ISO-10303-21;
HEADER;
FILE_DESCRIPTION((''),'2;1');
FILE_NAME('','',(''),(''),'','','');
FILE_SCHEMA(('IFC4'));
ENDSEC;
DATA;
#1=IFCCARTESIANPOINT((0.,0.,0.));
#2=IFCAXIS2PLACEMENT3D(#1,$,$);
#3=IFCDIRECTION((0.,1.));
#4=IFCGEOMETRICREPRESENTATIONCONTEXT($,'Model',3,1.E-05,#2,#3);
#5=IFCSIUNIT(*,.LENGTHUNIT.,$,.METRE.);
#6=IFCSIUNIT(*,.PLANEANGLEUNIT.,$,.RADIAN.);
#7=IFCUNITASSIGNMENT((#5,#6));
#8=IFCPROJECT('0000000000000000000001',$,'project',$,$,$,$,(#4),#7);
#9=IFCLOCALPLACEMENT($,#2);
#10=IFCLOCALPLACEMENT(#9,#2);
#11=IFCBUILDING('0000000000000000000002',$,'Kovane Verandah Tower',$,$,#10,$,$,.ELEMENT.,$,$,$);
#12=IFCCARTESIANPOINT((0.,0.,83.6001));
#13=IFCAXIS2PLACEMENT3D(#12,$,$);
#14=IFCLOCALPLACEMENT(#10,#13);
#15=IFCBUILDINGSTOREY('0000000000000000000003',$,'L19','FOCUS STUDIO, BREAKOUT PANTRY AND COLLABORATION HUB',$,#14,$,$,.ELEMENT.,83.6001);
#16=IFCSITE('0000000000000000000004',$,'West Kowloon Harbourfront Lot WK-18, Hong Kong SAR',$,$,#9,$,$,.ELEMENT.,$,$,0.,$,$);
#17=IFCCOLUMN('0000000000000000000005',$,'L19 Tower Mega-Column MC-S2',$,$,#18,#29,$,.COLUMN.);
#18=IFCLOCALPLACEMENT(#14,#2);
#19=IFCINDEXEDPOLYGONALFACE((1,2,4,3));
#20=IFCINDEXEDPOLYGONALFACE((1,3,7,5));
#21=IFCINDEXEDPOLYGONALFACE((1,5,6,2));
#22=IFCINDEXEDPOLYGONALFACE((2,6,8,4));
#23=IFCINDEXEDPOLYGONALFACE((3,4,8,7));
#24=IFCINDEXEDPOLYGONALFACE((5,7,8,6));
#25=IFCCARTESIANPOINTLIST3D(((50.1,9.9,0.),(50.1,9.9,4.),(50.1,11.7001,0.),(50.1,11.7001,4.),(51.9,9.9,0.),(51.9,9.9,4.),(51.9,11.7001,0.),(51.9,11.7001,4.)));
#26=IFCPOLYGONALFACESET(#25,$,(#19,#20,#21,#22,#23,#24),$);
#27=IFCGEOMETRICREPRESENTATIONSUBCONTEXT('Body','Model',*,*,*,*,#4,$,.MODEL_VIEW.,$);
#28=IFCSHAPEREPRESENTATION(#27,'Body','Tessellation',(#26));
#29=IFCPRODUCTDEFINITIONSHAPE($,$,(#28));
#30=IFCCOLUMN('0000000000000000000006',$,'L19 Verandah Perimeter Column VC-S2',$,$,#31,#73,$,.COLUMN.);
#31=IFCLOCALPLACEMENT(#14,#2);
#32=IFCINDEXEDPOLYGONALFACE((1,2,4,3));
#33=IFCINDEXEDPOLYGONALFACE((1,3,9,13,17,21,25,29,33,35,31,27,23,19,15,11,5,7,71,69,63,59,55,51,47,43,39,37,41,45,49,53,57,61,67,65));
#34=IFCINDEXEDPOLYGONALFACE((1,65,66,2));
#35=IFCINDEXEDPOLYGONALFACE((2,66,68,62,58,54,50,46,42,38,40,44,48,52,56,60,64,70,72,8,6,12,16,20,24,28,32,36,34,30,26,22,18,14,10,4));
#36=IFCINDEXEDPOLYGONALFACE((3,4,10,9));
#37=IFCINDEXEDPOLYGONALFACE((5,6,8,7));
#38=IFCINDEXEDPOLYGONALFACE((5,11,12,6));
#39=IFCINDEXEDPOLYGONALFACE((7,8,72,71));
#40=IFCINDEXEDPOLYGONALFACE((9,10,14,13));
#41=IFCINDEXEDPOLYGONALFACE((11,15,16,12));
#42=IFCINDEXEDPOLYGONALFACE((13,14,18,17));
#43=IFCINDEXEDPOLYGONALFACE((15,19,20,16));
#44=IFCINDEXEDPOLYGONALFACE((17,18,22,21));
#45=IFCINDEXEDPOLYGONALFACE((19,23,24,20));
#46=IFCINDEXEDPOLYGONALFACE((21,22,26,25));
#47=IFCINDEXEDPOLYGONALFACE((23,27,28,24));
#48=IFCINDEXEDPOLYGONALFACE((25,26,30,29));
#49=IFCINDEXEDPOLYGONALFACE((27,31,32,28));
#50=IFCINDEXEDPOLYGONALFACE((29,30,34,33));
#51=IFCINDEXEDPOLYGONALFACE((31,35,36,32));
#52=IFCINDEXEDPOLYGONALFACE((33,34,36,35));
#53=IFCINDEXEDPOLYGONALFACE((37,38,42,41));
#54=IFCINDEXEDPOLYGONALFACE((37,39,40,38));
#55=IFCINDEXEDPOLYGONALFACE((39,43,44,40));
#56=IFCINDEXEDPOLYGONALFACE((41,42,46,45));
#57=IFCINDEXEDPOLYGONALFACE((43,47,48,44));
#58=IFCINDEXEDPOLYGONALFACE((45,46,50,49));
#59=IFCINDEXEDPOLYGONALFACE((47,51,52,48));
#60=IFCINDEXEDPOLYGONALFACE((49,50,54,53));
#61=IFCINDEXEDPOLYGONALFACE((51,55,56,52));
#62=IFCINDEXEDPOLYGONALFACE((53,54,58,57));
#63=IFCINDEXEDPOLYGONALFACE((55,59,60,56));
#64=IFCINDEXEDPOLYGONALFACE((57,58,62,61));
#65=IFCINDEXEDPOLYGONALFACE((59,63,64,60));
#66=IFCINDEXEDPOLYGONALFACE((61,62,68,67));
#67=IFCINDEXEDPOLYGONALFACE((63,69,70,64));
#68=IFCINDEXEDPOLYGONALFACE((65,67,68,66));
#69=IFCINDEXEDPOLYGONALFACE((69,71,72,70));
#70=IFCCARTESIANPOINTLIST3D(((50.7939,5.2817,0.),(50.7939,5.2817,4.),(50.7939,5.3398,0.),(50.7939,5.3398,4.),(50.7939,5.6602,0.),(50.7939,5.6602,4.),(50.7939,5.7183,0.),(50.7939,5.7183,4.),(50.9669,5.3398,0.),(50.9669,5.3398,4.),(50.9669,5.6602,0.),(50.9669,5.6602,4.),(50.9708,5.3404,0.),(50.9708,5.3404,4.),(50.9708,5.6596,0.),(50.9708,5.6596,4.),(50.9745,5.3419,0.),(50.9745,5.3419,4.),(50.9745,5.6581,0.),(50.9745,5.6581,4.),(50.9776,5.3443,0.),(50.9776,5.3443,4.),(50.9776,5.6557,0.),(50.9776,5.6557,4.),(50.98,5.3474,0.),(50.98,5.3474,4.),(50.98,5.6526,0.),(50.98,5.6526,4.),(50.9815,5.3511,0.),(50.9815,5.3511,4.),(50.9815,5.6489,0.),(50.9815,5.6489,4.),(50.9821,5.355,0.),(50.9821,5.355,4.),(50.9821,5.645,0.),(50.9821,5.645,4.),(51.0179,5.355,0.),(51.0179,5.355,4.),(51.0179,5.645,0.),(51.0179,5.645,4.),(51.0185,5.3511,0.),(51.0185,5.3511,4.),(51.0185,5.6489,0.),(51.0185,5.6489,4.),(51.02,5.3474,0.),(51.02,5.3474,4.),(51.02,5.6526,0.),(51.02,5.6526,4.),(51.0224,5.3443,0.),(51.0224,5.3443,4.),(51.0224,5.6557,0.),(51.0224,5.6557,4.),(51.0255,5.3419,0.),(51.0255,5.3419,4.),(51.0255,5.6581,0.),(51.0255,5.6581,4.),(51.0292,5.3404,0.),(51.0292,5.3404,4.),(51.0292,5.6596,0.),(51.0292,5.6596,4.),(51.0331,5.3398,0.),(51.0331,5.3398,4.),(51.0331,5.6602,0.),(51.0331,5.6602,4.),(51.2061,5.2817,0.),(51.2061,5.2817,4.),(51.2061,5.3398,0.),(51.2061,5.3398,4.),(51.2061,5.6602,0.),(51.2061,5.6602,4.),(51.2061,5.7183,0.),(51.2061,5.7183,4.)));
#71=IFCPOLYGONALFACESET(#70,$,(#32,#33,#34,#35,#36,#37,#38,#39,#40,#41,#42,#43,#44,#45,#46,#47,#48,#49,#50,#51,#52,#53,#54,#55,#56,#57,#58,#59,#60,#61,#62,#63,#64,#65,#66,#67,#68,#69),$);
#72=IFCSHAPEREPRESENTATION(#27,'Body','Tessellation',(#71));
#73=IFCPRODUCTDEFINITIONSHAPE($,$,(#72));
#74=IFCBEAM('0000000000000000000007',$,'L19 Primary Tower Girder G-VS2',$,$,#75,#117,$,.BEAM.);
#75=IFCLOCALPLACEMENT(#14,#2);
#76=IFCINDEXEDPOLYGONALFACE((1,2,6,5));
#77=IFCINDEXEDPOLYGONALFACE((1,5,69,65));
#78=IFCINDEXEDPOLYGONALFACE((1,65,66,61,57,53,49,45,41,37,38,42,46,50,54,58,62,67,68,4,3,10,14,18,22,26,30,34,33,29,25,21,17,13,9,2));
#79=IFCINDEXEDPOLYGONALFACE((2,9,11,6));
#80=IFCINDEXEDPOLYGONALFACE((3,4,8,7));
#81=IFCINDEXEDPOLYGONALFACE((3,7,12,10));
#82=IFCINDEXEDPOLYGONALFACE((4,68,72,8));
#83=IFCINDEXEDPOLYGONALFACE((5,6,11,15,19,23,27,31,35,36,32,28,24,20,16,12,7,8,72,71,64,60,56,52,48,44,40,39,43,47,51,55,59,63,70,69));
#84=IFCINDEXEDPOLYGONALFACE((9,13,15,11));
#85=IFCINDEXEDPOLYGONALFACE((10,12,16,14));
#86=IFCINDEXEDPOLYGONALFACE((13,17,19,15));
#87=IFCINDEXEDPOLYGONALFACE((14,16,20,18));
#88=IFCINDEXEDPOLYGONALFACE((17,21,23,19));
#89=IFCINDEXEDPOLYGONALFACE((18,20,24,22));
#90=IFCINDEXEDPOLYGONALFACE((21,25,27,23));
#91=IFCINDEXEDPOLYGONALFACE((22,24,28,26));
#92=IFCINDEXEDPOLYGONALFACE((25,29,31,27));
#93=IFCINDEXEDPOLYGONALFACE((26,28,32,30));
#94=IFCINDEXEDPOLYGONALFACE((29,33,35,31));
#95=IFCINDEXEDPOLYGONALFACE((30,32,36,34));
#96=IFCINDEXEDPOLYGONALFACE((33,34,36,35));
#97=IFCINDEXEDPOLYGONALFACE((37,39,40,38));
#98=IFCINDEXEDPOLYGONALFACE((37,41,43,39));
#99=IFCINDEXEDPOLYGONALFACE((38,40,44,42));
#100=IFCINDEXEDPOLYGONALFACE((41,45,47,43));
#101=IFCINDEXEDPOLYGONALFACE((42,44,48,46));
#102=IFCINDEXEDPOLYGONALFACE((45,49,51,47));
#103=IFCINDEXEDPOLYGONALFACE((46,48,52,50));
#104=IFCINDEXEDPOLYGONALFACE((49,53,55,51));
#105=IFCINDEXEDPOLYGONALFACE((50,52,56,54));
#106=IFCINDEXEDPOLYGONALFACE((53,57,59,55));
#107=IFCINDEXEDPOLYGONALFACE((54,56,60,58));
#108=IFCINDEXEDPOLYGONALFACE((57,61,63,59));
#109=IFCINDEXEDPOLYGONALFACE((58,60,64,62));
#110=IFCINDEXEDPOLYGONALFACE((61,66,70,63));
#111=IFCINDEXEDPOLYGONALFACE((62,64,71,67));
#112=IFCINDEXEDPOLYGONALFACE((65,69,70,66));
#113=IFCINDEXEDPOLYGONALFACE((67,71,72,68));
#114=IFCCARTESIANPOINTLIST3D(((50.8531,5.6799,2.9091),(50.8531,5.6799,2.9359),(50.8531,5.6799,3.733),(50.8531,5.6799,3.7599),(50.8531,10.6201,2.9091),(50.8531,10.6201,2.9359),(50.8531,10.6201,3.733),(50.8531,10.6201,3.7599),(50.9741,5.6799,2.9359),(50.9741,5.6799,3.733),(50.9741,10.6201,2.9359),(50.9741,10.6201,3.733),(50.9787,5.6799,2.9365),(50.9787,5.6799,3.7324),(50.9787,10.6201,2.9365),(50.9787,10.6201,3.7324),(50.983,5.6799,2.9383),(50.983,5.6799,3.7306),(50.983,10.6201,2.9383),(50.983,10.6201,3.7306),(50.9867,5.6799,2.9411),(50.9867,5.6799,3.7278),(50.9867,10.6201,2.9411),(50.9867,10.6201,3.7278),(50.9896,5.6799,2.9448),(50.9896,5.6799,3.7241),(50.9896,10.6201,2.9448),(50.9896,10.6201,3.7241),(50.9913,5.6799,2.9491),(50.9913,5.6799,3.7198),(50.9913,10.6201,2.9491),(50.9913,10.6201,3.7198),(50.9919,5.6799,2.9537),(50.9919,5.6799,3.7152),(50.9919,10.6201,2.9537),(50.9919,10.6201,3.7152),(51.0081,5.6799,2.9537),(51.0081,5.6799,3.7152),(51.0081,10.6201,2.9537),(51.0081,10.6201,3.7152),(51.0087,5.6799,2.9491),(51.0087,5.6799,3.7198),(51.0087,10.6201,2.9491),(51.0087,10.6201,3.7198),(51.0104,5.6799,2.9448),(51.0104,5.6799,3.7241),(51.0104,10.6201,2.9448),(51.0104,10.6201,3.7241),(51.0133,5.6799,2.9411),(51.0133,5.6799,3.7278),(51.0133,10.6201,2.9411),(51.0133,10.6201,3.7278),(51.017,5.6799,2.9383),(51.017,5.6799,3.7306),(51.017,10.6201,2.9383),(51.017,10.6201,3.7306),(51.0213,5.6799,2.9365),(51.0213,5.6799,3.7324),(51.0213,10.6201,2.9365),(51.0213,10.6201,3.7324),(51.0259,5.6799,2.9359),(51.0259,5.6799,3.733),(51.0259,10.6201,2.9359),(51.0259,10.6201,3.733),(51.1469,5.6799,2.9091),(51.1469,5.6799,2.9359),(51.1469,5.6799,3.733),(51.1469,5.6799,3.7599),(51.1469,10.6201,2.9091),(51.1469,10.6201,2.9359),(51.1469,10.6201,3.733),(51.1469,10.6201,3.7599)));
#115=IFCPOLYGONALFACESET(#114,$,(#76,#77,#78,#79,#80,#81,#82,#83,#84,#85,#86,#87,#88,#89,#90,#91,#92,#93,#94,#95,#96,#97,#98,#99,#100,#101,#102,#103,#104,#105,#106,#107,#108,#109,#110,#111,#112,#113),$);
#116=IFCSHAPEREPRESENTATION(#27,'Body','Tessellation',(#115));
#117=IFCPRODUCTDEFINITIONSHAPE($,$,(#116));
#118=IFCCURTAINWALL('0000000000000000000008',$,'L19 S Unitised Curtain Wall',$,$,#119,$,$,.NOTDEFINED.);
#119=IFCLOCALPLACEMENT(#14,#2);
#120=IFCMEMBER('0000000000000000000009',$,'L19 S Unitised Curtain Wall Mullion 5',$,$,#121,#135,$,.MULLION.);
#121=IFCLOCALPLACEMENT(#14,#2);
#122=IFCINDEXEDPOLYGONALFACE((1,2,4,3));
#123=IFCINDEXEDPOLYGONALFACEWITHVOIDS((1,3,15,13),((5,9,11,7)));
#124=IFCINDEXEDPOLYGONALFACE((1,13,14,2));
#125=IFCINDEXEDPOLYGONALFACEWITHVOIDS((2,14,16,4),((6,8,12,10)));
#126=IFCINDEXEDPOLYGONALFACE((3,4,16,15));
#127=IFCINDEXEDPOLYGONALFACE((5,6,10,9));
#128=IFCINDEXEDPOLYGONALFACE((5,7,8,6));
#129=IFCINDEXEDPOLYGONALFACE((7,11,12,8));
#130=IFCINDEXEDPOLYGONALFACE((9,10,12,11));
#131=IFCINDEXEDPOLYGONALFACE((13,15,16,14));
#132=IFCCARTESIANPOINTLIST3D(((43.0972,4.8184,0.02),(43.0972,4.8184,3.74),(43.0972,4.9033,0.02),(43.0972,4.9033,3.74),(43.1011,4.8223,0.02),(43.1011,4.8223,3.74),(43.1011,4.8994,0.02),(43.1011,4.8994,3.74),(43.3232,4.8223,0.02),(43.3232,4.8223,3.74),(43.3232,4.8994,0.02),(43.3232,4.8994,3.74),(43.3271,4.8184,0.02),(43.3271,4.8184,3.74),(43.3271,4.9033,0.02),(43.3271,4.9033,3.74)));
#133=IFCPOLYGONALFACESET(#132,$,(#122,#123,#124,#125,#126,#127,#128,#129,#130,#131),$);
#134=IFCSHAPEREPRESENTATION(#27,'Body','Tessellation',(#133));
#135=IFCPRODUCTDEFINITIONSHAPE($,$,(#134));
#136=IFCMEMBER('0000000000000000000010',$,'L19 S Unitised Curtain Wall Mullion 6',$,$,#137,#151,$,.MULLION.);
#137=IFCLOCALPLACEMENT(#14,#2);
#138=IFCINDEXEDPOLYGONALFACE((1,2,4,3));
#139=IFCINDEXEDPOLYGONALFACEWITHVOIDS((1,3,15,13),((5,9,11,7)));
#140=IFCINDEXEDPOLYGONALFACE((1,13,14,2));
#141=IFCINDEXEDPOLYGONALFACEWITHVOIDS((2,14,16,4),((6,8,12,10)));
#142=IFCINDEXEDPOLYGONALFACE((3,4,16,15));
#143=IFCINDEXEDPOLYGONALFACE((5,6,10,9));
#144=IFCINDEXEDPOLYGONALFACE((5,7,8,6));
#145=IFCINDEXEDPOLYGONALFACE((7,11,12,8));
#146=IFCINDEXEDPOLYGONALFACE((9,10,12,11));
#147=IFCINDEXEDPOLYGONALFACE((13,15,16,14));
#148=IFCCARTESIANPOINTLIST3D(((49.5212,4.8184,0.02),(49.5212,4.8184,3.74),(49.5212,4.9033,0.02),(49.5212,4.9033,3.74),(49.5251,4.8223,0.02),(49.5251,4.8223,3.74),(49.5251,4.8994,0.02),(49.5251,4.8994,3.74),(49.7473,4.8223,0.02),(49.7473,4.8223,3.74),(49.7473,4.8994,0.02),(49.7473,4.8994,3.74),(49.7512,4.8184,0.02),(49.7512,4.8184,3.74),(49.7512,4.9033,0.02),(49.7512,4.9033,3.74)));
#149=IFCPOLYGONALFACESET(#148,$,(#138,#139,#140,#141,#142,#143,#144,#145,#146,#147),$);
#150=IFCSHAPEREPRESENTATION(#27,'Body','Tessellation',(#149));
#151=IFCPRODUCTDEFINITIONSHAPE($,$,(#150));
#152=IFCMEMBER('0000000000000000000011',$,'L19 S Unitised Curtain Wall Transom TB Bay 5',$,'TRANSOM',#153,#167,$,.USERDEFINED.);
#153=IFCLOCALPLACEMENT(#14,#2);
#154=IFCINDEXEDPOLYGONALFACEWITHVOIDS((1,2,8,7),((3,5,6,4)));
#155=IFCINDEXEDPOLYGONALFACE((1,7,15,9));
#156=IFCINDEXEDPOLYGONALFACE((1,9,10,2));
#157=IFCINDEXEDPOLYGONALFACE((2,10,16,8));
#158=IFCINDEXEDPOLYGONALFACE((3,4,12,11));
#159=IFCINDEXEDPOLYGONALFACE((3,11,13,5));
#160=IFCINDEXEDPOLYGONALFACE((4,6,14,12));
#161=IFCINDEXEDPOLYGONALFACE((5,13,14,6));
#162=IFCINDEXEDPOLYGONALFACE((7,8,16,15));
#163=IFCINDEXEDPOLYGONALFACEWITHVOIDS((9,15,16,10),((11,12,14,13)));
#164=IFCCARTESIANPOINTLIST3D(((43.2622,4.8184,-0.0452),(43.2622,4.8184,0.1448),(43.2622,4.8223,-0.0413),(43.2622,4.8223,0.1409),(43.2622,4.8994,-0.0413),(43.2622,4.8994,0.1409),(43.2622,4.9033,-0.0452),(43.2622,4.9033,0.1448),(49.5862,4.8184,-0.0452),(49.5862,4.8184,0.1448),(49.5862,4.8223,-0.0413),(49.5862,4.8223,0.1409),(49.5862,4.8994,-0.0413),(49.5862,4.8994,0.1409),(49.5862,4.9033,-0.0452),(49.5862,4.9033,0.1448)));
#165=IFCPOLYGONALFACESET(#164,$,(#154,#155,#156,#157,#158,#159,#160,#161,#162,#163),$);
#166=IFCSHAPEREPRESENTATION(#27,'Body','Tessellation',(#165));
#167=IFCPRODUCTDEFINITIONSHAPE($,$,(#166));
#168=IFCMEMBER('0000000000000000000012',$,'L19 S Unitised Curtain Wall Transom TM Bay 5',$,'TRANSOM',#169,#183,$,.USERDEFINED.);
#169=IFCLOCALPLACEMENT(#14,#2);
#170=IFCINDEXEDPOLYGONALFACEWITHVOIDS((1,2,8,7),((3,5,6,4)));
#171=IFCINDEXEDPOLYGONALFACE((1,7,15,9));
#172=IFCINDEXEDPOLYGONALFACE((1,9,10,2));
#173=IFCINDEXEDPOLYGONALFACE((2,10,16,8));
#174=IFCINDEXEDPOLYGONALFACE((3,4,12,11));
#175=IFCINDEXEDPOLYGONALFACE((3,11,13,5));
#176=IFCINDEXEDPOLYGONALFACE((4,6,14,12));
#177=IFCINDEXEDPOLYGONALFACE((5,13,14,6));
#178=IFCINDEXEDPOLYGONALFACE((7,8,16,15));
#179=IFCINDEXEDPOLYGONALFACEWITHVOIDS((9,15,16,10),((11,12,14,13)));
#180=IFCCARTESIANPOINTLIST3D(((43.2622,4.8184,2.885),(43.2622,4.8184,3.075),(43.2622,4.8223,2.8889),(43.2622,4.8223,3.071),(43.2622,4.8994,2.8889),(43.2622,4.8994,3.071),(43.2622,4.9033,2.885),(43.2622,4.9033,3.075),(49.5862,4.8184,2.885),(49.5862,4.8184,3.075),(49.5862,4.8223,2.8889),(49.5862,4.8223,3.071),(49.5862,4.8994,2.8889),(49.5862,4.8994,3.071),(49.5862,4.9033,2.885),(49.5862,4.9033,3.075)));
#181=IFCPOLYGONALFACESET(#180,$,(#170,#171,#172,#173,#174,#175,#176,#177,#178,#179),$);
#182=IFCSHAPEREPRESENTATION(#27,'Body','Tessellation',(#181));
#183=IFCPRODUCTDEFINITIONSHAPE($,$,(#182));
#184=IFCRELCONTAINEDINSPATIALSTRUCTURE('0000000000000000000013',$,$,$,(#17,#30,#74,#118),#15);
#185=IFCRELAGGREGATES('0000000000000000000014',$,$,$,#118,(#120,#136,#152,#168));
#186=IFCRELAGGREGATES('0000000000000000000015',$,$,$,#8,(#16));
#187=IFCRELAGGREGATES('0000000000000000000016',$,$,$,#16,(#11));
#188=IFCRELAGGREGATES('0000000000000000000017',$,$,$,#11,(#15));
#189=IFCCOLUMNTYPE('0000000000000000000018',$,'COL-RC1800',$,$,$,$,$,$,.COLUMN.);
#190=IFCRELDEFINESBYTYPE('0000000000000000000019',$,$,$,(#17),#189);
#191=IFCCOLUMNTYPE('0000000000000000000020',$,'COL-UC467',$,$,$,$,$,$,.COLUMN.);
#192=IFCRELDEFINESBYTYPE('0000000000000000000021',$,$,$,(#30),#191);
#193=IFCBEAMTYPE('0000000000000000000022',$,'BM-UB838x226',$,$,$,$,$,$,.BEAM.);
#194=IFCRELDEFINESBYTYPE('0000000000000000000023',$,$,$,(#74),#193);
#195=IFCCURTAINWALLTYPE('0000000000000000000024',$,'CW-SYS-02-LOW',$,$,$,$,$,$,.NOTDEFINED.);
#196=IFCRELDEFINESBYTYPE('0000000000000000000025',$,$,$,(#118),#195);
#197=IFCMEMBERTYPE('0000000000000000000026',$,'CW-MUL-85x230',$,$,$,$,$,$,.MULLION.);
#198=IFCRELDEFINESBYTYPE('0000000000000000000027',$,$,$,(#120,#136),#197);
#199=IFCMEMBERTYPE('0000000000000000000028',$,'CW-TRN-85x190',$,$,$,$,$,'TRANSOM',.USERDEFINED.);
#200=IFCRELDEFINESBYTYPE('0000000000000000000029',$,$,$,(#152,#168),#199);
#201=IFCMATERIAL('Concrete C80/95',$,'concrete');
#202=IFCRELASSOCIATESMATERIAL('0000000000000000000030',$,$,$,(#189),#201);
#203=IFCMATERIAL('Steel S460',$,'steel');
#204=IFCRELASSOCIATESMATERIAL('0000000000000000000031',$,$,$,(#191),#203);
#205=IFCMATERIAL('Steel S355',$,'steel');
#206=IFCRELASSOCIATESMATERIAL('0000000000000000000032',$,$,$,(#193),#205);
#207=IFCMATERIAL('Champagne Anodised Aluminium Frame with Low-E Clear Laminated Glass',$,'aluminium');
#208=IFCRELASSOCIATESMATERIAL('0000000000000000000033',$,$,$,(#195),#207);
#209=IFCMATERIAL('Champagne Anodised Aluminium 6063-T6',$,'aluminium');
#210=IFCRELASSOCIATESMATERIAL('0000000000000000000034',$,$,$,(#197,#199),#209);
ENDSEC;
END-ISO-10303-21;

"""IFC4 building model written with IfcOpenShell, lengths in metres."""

from ifc_helpers import new_model, si_unit, direction, frame, origin, origin_2d, place, context, subcontext, project, spatial, rectangle, hollow_rectangle, i_section, extrude, material, material_profile, profile_set, type_object, element, aggregate, save


model = new_model("IFC4")

# Units and contexts
model_context = context("Model", 3, precision=1e-05, world=origin(), true_north=direction((0.0, 1.0)))
body_context = subcontext(model_context, "Body", "Model", "MODEL_VIEW")
ifc_project = project(units=[si_unit("LENGTHUNIT", "METRE"), si_unit("PLANEANGLEUNIT", "RADIAN")], contexts=[model_context])

# Site, building, storey
site_placement = place(None, origin())
site = spatial("IfcSite", under=ifc_project, at=site_placement, Name="West Kowloon Harbourfront Lot WK-18, Hong Kong SAR", CompositionType="ELEMENT", RefElevation=0.0)
building_placement = place(site_placement, origin())
building = spatial("IfcBuilding", under=site, at=building_placement, Name="Kovane Verandah Tower", CompositionType="ELEMENT")
storey_placement = place(building_placement, frame((0.0, 0.0, 83.6001)))
storey = spatial("IfcBuildingStorey", under=building, at=storey_placement, Name="L19", Description="FOCUS STUDIO, BREAKOUT PANTRY AND COLLABORATION HUB", CompositionType="ELEMENT", Elevation=83.6001)

# Columns
ifc_material_1 = material(Name="Concrete C80/95", Category="concrete")
ifc_material_profile_1 = material_profile(ifc_material_1, rectangle(XDim=1.8, YDim=1.8, at=origin_2d()), Name="RC1800x1800")
ifc_profile_set_1 = profile_set([ifc_material_profile_1], Name="Concrete C80/95")
column_type_1 = type_object("IfcColumnType", Name="COL-RC1800", PredefinedType="COLUMN", material=ifc_profile_set_1)
column_1_placement = place(storey_placement, frame((51.0, 10.8, 0.0), z_axis=(0.0, 0.0, 1.0), x_axis=(1.0, 0.0, 0.0)))
element("IfcColumn", 1, at=column_1_placement, inside=storey, type_object=column_type_1, Name="L19 Tower Mega-Column MC-S2", PredefinedType="COLUMN", context=body_context, shape_type="SweptSolid", body=[
    extrude(rectangle(XDim=1.8, YDim=1.8, at=origin_2d()), origin(), (0.0, 0.0, 1.0), 4.0),
])
ifc_material_2 = material(Name="Steel S460", Category="steel")
ifc_material_profile_2 = material_profile(ifc_material_2, i_section(OverallWidth=0.4121, OverallDepth=0.4365, WebThickness=0.0359, FlangeThickness=0.0581, FilletRadius=0.0151, at=origin_2d()), Name="UC356x406x467")
ifc_profile_set_2 = profile_set([ifc_material_profile_2], Name="Steel S460")
column_type_2 = type_object("IfcColumnType", Name="COL-UC467", PredefinedType="COLUMN", material=ifc_profile_set_2)
column_2_placement = place(storey_placement, frame((51.0, 5.5, 0.0), z_axis=(0.0, 0.0, 1.0), x_axis=(1.0, 0.0, 0.0)))
element("IfcColumn", 2, at=column_2_placement, inside=storey, type_object=column_type_2, Name="L19 Verandah Perimeter Column VC-S2", PredefinedType="COLUMN", context=body_context, shape_type="SweptSolid", body=[
    extrude(i_section(OverallWidth=0.4121, OverallDepth=0.4365, WebThickness=0.0359, FlangeThickness=0.0581, FilletRadius=0.0151, at=origin_2d()), origin(), (0.0, 0.0, 1.0), 4.0),
])

# Beam
ifc_material_3 = material(Name="Steel S355", Category="steel")
ifc_material_profile_3 = material_profile(ifc_material_3, i_section(OverallWidth=0.2937, OverallDepth=0.8508, WebThickness=0.0161, FlangeThickness=0.0269, FilletRadius=0.0178, at=origin_2d()), Name="UB838x292x226")
ifc_profile_set_3 = profile_set([ifc_material_profile_3], Name="Steel S355")
beam_type_1 = type_object("IfcBeamType", Name="BM-UB838x226", PredefinedType="BEAM", material=ifc_profile_set_3)
beam_1_placement = place(storey_placement, frame((51.0, 10.6201, 3.3345), z_axis=(0.0, -1.0, 0.0), x_axis=(1.0, 0.0, 0.0)))
element("IfcBeam", 3, at=beam_1_placement, inside=storey, type_object=beam_type_1, Name="L19 Primary Tower Girder G-VS2", PredefinedType="BEAM", context=body_context, shape_type="SweptSolid", body=[
    extrude(i_section(OverallWidth=0.2937, OverallDepth=0.8508, WebThickness=0.0161, FlangeThickness=0.0269, FilletRadius=0.0178, at=origin_2d()), origin(), (0.0, 0.0, 1.0), 4.9402),
])

# Curtain wall, members
ifc_material_4 = material(Name="Champagne Anodised Aluminium Frame with Low-E Clear Laminated Glass", Category="aluminium")
curtain_wall_type = type_object("IfcCurtainWallType", Name="CW-SYS-02-LOW", PredefinedType="NOTDEFINED", material=ifc_material_4)
curtain_wall_placement = place(storey_placement, origin())
curtain_wall = element("IfcCurtainWall", 4, at=curtain_wall_placement, inside=storey, type_object=curtain_wall_type, Name="L19 S Unitised Curtain Wall", PredefinedType="NOTDEFINED")
ifc_material_5 = material(Name="Champagne Anodised Aluminium 6063-T6", Category="aluminium")
ifc_material_profile_4 = material_profile(ifc_material_5, hollow_rectangle(XDim=0.085, YDim=0.23, WallThickness=0.0039, at=origin_2d()), Name="AL85x230x4")
ifc_profile_set_4 = profile_set([ifc_material_profile_4], Name="Champagne Anodised Aluminium 6063-T6")
member_type_1 = type_object("IfcMemberType", Name="CW-MUL-85x230", PredefinedType="MULLION", material=ifc_profile_set_4)
member_1_placement = place(storey_placement, frame((43.2122, 4.8608, 0.02), z_axis=(0.0, 0.0, 1.0), x_axis=(0.0, -1.0, 0.0)))
member_1 = element("IfcMember", 5, at=member_1_placement, type_object=member_type_1, Name="L19 S Unitised Curtain Wall Mullion 5", PredefinedType="MULLION", context=body_context, shape_type="SweptSolid", body=[
    extrude(hollow_rectangle(XDim=0.085, YDim=0.23, WallThickness=0.0039, at=origin_2d()), origin(), (0.0, 0.0, 1.0), 3.72),
])
member_2_placement = place(storey_placement, frame((49.6362, 4.8608, 0.02), z_axis=(0.0, 0.0, 1.0), x_axis=(0.0, -1.0, 0.0)))
member_2 = element("IfcMember", 6, at=member_2_placement, type_object=member_type_1, Name="L19 S Unitised Curtain Wall Mullion 6", PredefinedType="MULLION", context=body_context, shape_type="SweptSolid", body=[
    extrude(hollow_rectangle(XDim=0.085, YDim=0.23, WallThickness=0.0039, at=origin_2d()), origin(), (0.0, 0.0, 1.0), 3.72),
])
ifc_material_profile_5 = material_profile(ifc_material_5, hollow_rectangle(XDim=0.085, YDim=0.1899, WallThickness=0.0039, at=origin_2d()), Name="AL85x190x4")
ifc_profile_set_5 = profile_set([ifc_material_profile_5], Name="Champagne Anodised Aluminium 6063-T6")
member_type_2 = type_object("IfcMemberType", Name="CW-TRN-85x190", ElementType="TRANSOM", PredefinedType="USERDEFINED", material=ifc_profile_set_5)
member_3_placement = place(storey_placement, frame((43.2622, 4.8608, 0.0498), z_axis=(1.0, 0.0, 0.0), x_axis=(0.0, 1.0, 0.0)))
member_3 = element("IfcMember", 7, at=member_3_placement, type_object=member_type_2, Name="L19 S Unitised Curtain Wall Transom TB Bay 5", ObjectType="TRANSOM", PredefinedType="USERDEFINED", context=body_context, shape_type="SweptSolid", body=[
    extrude(hollow_rectangle(XDim=0.085, YDim=0.1899, WallThickness=0.0039, at=origin_2d()), origin(), (0.0, 0.0, 1.0), 6.324),
])
member_4_placement = place(storey_placement, frame((43.2622, 4.8608, 2.98), z_axis=(1.0, 0.0, 0.0), x_axis=(0.0, 1.0, 0.0)))
member_4 = element("IfcMember", 8, at=member_4_placement, type_object=member_type_2, Name="L19 S Unitised Curtain Wall Transom TM Bay 5", ObjectType="TRANSOM", PredefinedType="USERDEFINED", context=body_context, shape_type="SweptSolid", body=[
    extrude(hollow_rectangle(XDim=0.085, YDim=0.1899, WallThickness=0.0039, at=origin_2d()), origin(), (0.0, 0.0, 1.0), 6.324),
])

aggregate(curtain_wall, [member_1, member_2, member_3, member_4])

save(model, "model.ifc")
